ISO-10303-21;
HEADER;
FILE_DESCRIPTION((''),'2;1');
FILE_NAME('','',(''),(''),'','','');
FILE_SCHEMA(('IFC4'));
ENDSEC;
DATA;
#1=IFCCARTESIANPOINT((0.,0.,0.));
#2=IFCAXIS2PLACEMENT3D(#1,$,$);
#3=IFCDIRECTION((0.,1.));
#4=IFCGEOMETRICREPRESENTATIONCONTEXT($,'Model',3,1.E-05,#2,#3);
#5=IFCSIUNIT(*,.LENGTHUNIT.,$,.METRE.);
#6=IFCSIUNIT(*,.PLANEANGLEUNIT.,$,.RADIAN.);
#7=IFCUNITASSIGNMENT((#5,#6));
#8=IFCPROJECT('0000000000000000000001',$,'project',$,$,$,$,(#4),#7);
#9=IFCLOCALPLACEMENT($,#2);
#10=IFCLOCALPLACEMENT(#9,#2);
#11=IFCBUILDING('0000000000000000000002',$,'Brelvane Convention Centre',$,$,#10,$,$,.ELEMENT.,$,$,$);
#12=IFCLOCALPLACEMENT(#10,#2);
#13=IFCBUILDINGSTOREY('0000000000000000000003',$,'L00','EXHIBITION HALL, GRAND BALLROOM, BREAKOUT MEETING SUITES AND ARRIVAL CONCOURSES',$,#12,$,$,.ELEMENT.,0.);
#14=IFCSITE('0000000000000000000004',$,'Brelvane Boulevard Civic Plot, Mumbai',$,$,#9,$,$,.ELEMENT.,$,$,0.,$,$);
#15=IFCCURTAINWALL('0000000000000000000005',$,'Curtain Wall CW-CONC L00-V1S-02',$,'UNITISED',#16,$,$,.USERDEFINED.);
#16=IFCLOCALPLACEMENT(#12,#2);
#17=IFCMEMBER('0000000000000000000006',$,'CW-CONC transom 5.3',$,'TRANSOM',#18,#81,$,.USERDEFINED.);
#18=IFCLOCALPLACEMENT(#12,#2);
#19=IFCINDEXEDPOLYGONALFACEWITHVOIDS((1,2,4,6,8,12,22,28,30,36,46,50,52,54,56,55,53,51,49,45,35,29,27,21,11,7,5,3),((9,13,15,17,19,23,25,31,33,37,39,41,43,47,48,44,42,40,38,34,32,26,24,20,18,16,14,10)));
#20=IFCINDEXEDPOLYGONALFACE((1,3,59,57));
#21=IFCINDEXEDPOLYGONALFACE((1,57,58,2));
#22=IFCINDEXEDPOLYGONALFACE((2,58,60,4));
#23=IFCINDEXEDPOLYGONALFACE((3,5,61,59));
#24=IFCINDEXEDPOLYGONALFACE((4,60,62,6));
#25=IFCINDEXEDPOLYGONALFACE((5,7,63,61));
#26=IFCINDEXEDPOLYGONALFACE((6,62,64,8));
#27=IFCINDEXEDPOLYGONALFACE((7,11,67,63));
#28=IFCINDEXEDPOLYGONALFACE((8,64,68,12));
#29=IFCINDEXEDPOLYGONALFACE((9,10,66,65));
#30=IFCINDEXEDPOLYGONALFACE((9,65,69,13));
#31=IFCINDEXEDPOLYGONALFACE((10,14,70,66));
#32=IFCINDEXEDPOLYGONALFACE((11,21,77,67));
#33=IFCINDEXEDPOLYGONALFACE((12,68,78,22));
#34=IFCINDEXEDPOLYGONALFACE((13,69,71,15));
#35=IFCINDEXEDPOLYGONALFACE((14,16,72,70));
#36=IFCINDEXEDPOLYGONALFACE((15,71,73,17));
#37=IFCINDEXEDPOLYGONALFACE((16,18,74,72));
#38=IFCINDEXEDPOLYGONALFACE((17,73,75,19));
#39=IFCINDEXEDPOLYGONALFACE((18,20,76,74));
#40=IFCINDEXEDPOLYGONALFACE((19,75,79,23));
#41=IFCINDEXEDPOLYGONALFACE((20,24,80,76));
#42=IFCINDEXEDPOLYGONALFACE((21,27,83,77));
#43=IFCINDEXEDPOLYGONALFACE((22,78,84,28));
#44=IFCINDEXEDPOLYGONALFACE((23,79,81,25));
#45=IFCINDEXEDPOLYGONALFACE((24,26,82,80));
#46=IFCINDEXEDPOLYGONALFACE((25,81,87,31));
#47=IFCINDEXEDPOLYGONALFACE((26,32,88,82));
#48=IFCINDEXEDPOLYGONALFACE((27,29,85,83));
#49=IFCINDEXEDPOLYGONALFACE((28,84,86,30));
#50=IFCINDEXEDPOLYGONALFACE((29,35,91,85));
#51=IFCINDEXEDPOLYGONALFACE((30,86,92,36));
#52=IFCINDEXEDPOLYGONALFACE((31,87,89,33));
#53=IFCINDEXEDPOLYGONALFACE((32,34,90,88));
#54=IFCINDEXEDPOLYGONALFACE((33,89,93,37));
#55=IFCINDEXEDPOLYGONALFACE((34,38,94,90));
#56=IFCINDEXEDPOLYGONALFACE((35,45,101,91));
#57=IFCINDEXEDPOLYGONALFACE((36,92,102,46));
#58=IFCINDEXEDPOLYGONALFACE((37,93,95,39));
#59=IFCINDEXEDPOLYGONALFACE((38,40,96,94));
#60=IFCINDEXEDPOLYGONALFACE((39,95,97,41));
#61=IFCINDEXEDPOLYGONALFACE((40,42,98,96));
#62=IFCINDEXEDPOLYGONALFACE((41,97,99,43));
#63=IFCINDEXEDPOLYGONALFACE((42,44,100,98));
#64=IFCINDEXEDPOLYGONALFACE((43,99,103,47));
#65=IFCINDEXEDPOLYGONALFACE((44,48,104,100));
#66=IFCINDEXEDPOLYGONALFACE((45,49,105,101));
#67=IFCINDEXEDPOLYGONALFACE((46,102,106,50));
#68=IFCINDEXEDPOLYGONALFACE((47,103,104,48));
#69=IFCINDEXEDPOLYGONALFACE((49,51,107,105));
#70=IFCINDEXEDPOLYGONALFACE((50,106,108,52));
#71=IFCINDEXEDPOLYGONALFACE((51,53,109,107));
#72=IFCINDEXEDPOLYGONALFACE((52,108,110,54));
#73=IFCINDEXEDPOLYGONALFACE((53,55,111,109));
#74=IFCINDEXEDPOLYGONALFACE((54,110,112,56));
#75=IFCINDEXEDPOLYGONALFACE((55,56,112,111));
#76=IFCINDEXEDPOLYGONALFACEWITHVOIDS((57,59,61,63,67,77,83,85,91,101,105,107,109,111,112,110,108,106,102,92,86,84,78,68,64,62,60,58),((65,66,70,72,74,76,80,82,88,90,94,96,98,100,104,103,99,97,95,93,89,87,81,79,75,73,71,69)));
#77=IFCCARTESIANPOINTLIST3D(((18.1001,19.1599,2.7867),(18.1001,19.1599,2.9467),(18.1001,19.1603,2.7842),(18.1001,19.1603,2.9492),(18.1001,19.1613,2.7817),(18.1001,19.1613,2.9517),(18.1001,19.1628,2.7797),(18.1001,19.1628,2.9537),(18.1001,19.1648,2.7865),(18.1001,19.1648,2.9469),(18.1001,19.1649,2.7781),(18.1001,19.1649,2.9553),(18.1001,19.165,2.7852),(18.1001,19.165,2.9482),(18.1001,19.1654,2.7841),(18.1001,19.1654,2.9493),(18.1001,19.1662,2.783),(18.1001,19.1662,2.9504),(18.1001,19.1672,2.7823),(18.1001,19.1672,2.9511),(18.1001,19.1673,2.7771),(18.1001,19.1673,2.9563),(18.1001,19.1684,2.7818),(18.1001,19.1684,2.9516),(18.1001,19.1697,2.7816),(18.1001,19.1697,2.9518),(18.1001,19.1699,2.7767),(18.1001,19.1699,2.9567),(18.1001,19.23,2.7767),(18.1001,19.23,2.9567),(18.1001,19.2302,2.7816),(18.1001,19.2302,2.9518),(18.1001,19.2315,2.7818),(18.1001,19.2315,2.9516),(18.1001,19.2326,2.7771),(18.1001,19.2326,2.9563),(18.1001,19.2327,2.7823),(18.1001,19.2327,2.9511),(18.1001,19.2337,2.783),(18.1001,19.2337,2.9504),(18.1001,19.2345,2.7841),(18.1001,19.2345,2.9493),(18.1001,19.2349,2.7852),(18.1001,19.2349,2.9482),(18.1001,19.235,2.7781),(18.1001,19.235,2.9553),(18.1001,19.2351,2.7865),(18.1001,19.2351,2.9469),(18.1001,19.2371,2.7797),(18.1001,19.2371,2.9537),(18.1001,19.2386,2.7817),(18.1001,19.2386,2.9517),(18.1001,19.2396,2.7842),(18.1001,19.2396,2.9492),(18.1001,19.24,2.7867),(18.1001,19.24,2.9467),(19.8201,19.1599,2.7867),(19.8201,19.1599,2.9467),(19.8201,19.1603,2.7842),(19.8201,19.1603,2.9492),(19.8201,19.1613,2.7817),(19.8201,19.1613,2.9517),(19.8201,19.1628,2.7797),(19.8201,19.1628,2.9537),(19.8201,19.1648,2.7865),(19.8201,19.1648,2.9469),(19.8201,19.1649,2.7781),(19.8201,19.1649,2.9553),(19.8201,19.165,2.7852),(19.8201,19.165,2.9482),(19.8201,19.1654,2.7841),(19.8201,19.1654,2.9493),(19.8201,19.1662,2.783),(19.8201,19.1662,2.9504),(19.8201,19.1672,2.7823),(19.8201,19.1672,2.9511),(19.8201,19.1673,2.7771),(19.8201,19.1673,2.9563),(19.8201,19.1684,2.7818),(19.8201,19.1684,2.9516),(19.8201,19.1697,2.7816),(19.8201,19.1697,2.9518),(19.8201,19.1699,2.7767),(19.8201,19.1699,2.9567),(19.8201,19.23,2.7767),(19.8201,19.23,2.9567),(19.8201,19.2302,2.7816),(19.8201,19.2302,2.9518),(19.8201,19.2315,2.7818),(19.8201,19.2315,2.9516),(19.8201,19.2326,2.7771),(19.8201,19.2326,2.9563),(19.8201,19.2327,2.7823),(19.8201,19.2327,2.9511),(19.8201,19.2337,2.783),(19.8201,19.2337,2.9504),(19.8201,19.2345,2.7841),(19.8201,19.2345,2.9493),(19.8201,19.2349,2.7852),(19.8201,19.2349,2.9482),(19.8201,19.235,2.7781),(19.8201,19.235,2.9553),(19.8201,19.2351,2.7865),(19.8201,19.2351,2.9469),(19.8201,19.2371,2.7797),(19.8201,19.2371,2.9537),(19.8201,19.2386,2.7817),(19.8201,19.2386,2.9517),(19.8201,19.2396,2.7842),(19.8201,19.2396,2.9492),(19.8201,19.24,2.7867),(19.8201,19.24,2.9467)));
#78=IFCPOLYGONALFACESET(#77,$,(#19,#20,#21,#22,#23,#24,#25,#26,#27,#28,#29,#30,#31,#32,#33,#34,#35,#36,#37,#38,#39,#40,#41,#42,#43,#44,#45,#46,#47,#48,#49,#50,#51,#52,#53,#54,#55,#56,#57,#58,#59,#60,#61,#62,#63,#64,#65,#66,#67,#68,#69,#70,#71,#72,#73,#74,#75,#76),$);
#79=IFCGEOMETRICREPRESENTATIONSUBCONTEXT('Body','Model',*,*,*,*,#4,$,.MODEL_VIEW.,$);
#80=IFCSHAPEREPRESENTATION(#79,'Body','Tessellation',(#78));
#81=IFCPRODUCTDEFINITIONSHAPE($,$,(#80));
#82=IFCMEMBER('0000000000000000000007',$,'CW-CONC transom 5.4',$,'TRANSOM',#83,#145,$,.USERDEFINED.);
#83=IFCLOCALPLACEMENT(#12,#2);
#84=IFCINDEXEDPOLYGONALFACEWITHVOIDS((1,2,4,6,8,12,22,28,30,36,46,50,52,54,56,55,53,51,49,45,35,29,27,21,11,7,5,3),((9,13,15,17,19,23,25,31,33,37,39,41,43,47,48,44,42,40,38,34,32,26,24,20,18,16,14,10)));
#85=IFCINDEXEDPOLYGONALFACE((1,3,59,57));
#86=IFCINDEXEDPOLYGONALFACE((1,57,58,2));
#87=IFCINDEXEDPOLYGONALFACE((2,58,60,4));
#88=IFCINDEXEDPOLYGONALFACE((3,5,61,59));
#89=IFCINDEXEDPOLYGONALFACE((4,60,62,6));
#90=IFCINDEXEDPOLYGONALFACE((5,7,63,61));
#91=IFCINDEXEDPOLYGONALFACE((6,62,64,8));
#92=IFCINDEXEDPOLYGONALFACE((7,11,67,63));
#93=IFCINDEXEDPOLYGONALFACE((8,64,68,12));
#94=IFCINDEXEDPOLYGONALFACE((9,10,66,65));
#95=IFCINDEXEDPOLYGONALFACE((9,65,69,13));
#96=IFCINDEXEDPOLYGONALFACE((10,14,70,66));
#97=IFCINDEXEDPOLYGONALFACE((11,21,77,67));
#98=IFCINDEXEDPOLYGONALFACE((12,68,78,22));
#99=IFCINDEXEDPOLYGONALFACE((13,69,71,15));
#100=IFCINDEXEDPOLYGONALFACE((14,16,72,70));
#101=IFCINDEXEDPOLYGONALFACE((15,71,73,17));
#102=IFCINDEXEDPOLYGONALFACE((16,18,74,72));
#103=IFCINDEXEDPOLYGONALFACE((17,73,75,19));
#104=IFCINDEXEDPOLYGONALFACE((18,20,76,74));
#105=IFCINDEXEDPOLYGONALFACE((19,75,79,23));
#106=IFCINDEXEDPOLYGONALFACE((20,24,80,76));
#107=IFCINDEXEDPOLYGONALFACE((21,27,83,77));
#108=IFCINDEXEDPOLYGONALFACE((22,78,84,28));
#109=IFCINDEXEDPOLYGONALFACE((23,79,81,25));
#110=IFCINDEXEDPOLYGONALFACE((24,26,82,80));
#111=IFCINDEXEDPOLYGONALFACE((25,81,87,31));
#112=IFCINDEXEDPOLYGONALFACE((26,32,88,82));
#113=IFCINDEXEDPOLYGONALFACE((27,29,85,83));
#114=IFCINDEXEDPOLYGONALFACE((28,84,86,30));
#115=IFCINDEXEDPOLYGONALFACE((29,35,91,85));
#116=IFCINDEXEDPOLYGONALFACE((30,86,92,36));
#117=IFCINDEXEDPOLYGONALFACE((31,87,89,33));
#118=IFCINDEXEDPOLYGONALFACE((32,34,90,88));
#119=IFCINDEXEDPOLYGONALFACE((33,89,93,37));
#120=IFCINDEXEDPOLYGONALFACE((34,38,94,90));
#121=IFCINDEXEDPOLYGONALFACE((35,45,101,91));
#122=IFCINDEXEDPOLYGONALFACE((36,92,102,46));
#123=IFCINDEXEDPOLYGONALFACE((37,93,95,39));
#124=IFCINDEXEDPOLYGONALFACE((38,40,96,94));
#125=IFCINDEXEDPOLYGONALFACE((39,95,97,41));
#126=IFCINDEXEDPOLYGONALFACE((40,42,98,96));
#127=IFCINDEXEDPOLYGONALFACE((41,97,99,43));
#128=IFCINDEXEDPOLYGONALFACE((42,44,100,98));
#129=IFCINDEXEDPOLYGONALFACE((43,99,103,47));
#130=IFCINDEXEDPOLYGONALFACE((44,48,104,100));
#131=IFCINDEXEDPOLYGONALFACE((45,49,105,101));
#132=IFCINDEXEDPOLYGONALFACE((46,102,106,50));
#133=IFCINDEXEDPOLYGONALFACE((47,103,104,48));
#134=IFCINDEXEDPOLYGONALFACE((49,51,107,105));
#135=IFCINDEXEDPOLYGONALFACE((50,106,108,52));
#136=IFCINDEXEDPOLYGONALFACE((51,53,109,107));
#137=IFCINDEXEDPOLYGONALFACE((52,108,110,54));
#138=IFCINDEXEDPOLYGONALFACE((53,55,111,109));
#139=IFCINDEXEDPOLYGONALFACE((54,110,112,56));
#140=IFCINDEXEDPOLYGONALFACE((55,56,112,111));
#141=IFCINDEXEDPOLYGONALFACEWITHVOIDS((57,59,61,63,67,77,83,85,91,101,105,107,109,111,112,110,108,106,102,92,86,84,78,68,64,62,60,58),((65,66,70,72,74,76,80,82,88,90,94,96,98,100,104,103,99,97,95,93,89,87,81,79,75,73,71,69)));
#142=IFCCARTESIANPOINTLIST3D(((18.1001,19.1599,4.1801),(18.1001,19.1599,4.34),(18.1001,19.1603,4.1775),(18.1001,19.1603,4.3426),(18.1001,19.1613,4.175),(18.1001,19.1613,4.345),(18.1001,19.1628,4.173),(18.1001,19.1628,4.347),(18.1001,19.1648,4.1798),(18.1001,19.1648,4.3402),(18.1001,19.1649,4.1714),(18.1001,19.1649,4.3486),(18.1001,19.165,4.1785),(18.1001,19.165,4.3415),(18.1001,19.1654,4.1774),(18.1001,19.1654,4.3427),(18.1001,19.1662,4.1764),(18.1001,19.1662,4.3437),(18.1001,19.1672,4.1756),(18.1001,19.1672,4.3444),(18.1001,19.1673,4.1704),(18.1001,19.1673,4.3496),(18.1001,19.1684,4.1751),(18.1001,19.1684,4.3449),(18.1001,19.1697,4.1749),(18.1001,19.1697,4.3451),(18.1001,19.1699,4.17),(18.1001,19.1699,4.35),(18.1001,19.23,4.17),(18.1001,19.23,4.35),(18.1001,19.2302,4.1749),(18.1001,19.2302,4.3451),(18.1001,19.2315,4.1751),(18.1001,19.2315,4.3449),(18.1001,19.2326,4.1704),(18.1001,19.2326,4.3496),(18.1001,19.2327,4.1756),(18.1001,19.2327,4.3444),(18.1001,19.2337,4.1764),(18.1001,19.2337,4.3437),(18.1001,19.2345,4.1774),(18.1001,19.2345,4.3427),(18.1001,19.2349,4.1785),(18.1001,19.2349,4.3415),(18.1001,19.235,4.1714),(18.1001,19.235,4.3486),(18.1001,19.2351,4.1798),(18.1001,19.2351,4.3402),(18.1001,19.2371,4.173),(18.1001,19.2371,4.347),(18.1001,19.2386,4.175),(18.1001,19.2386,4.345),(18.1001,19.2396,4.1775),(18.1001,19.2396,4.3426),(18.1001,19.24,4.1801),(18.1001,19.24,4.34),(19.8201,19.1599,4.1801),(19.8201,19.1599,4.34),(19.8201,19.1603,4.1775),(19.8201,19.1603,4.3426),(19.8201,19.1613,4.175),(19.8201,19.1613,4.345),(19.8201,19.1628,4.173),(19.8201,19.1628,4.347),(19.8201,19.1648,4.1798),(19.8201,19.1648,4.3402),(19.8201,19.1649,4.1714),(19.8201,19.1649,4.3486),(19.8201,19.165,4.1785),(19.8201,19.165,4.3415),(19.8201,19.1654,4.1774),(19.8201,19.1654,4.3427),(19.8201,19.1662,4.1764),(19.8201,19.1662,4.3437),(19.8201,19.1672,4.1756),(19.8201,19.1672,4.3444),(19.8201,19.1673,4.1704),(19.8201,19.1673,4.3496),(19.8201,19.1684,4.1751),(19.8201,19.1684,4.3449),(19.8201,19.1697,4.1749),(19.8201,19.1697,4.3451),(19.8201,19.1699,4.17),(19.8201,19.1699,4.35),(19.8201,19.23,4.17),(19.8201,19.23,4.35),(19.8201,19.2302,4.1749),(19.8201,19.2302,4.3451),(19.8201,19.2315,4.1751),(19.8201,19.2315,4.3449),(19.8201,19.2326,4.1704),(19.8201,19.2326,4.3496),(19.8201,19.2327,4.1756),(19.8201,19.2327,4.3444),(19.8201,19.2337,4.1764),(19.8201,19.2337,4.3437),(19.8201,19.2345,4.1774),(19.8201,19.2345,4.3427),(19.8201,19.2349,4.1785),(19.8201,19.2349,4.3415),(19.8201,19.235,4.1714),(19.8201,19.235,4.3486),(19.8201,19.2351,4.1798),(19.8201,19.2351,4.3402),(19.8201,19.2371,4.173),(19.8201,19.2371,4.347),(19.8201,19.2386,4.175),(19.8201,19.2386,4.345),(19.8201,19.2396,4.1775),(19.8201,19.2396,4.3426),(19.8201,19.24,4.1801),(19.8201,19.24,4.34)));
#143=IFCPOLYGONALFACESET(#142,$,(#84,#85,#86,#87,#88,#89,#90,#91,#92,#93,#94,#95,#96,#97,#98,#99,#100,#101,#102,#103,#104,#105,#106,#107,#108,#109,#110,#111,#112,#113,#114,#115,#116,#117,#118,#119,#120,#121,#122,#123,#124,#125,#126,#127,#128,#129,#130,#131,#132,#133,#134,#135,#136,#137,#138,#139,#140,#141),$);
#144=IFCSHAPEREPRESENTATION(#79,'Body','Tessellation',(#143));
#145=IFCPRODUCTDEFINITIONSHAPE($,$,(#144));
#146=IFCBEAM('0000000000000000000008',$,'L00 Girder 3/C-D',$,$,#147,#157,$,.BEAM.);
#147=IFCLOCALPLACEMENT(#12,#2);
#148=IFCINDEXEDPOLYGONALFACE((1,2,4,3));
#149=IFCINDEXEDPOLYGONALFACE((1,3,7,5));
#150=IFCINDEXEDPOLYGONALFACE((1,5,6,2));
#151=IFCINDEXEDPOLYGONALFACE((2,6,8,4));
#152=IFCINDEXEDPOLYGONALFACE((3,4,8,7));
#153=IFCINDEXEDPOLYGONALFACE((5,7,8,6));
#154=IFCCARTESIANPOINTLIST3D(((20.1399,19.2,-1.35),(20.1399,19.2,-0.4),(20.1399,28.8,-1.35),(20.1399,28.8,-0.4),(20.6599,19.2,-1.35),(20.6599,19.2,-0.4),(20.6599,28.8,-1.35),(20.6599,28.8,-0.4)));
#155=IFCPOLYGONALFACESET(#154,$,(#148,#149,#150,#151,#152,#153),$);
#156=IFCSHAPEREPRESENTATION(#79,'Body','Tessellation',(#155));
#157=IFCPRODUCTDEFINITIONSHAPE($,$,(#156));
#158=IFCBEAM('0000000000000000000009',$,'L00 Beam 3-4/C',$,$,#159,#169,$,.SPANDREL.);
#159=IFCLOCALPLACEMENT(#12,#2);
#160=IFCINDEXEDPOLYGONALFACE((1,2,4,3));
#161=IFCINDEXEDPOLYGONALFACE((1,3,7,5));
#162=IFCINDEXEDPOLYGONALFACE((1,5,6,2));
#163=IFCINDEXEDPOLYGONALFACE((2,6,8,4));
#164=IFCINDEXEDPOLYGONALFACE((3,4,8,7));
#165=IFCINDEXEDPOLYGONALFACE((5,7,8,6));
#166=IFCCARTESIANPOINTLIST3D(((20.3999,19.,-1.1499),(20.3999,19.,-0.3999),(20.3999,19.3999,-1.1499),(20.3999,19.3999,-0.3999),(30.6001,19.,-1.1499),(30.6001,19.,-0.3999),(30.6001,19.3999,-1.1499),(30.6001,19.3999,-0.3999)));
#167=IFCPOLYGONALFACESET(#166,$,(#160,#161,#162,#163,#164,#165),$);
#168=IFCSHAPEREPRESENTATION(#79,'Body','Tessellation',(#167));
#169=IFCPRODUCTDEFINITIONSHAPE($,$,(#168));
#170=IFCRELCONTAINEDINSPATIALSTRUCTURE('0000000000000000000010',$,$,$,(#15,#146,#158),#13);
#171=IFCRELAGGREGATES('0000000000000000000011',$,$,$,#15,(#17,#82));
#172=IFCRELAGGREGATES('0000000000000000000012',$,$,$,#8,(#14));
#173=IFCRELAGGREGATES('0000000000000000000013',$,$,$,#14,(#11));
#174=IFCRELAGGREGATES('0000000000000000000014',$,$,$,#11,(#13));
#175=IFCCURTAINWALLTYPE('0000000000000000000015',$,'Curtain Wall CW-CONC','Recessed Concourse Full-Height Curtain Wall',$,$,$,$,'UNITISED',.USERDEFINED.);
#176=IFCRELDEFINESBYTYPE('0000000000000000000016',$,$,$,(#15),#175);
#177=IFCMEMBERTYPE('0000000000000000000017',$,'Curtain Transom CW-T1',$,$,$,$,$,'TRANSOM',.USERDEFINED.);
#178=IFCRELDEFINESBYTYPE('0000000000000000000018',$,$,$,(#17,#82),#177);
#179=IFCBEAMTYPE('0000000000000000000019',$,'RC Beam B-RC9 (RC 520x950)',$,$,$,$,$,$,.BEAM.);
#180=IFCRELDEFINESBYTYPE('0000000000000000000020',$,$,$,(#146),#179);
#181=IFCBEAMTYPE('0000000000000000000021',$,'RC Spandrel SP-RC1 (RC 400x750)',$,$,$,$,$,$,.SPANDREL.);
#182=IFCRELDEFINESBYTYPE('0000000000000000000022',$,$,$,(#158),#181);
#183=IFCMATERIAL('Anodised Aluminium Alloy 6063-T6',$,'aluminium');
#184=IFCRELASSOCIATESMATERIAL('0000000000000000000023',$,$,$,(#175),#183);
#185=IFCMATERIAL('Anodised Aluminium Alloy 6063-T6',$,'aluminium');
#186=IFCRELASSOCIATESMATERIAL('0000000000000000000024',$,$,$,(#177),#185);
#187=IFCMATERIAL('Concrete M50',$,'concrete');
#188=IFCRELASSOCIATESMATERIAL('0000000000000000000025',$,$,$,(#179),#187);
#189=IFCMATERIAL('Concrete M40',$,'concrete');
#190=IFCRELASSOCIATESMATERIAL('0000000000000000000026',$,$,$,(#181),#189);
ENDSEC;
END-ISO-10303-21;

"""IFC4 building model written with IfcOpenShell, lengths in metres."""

from ifc_helpers import new_model, si_unit, direction, frame, origin, origin_2d, place, context, subcontext, project, spatial, rectangle, hollow_rectangle, extrude, material, material_profile, profile_set, type_object, element, aggregate, save


model = new_model("IFC4")

# Units and contexts
model_context = context("Model", 3, precision=1e-05, world=origin(), true_north=direction((0.0, 1.0)))
body_context = subcontext(model_context, "Body", "Model", "MODEL_VIEW")
ifc_project = project(units=[si_unit("LENGTHUNIT", "METRE"), si_unit("PLANEANGLEUNIT", "RADIAN")], contexts=[model_context])

# Site, building, storey
site_placement = place(None, origin())
site = spatial("IfcSite", under=ifc_project, at=site_placement, Name="Brelvane Boulevard Civic Plot, Mumbai", CompositionType="ELEMENT", RefElevation=0.0)
building_placement = place(site_placement, origin())
building = spatial("IfcBuilding", under=site, at=building_placement, Name="Brelvane Convention Centre", CompositionType="ELEMENT")
storey_placement = place(building_placement, origin())
storey = spatial("IfcBuildingStorey", under=building, at=storey_placement, Name="L00", Description="EXHIBITION HALL, GRAND BALLROOM, BREAKOUT MEETING SUITES AND ARRIVAL CONCOURSES", CompositionType="ELEMENT", Elevation=0.0)

# Curtain wall, members
ifc_material_1 = material(Name="Anodised Aluminium Alloy 6063-T6", Category="aluminium")
curtain_wall_type = type_object("IfcCurtainWallType", Name="Curtain Wall CW-CONC", Description="Recessed Concourse Full-Height Curtain Wall", ElementType="UNITISED", PredefinedType="USERDEFINED", material=ifc_material_1)
curtain_wall_placement = place(storey_placement, origin())
curtain_wall = element("IfcCurtainWall", 1, at=curtain_wall_placement, inside=storey, type_object=curtain_wall_type, Name="Curtain Wall CW-CONC L00-V1S-02", ObjectType="UNITISED", PredefinedType="USERDEFINED")
ifc_material_2 = material(Name="Anodised Aluminium Alloy 6063-T6", Category="aluminium")
ifc_material_profile_1 = material_profile(ifc_material_2, hollow_rectangle(XDim=0.0801, YDim=0.1799, WallThickness=0.0049, InnerFilletRadius=0.0049, OuterFilletRadius=0.01, at=origin_2d()), Name="ALU-T 180x80x5.0")
ifc_profile_set_1 = profile_set([ifc_material_profile_1], Name="Anodised Aluminium Alloy 6063-T6")
member_type_1 = type_object("IfcMemberType", Name="Curtain Transom CW-T1", ElementType="TRANSOM", PredefinedType="USERDEFINED", material=ifc_profile_set_1)
member_1_placement = place(storey_placement, frame((18.1001, 19.2, 2.8667), z_axis=(1.0, 0.0, 0.0), x_axis=(0.0, 1.0, 0.0)))
member_1 = element("IfcMember", 2, at=member_1_placement, type_object=member_type_1, Name="CW-CONC transom 5.3", ObjectType="TRANSOM", PredefinedType="USERDEFINED", context=body_context, shape_type="SweptSolid", body=[
    extrude(hollow_rectangle(XDim=0.0801, YDim=0.1799, WallThickness=0.0049, InnerFilletRadius=0.0049, OuterFilletRadius=0.01, at=origin_2d()), origin(), (0.0, 0.0, 1.0), 1.72),
])
member_2_placement = place(storey_placement, frame((18.1001, 19.2, 4.26), z_axis=(1.0, 0.0, 0.0), x_axis=(0.0, 1.0, 0.0)))
member_2 = element("IfcMember", 3, at=member_2_placement, type_object=member_type_1, Name="CW-CONC transom 5.4", ObjectType="TRANSOM", PredefinedType="USERDEFINED", context=body_context, shape_type="SweptSolid", body=[
    extrude(hollow_rectangle(XDim=0.0801, YDim=0.1799, WallThickness=0.0049, InnerFilletRadius=0.0049, OuterFilletRadius=0.01, at=origin_2d()), origin(), (0.0, 0.0, 1.0), 1.72),
])

# Beams
ifc_material_3 = material(Name="Concrete M50", Category="concrete")
ifc_material_profile_2 = material_profile(ifc_material_3, rectangle(XDim=0.52, YDim=0.95, at=origin_2d()), Name="RC 520x950")
ifc_profile_set_2 = profile_set([ifc_material_profile_2], Name="Concrete M50")
beam_type_1 = type_object("IfcBeamType", Name="RC Beam B-RC9 (RC 520x950)", PredefinedType="BEAM", material=ifc_profile_set_2)
beam_1_placement = place(storey_placement, frame((20.3999, 19.2, -0.875), z_axis=(0.0, 1.0, 0.0), x_axis=(-1.0, 0.0, 0.0)))
element("IfcBeam", 4, at=beam_1_placement, inside=storey, type_object=beam_type_1, Name="L00 Girder 3/C-D", PredefinedType="BEAM", context=body_context, shape_type="SweptSolid", body=[
    extrude(rectangle(XDim=0.52, YDim=0.95, at=origin_2d()), origin(), (0.0, 0.0, 1.0), 9.6001),
])
ifc_material_4 = material(Name="Concrete M40", Category="concrete")
ifc_material_profile_3 = material_profile(ifc_material_4, rectangle(XDim=0.3999, YDim=0.75, at=origin_2d()), Name="RC 400x750")
ifc_profile_set_3 = profile_set([ifc_material_profile_3], Name="Concrete M40")
beam_type_2 = type_object("IfcBeamType", Name="RC Spandrel SP-RC1 (RC 400x750)", PredefinedType="SPANDREL", material=ifc_profile_set_3)
beam_2_placement = place(storey_placement, frame((20.3999, 19.2, -0.7749), z_axis=(1.0, 0.0, 0.0), x_axis=(0.0, 1.0, 0.0)))
element("IfcBeam", 5, at=beam_2_placement, inside=storey, type_object=beam_type_2, Name="L00 Beam 3-4/C", PredefinedType="SPANDREL", context=body_context, shape_type="SweptSolid", body=[
    extrude(rectangle(XDim=0.3999, YDim=0.75, at=origin_2d()), origin(), (0.0, 0.0, 1.0), 10.2002),
])

aggregate(curtain_wall, [member_1, member_2])

save(model, "model.ifc")
